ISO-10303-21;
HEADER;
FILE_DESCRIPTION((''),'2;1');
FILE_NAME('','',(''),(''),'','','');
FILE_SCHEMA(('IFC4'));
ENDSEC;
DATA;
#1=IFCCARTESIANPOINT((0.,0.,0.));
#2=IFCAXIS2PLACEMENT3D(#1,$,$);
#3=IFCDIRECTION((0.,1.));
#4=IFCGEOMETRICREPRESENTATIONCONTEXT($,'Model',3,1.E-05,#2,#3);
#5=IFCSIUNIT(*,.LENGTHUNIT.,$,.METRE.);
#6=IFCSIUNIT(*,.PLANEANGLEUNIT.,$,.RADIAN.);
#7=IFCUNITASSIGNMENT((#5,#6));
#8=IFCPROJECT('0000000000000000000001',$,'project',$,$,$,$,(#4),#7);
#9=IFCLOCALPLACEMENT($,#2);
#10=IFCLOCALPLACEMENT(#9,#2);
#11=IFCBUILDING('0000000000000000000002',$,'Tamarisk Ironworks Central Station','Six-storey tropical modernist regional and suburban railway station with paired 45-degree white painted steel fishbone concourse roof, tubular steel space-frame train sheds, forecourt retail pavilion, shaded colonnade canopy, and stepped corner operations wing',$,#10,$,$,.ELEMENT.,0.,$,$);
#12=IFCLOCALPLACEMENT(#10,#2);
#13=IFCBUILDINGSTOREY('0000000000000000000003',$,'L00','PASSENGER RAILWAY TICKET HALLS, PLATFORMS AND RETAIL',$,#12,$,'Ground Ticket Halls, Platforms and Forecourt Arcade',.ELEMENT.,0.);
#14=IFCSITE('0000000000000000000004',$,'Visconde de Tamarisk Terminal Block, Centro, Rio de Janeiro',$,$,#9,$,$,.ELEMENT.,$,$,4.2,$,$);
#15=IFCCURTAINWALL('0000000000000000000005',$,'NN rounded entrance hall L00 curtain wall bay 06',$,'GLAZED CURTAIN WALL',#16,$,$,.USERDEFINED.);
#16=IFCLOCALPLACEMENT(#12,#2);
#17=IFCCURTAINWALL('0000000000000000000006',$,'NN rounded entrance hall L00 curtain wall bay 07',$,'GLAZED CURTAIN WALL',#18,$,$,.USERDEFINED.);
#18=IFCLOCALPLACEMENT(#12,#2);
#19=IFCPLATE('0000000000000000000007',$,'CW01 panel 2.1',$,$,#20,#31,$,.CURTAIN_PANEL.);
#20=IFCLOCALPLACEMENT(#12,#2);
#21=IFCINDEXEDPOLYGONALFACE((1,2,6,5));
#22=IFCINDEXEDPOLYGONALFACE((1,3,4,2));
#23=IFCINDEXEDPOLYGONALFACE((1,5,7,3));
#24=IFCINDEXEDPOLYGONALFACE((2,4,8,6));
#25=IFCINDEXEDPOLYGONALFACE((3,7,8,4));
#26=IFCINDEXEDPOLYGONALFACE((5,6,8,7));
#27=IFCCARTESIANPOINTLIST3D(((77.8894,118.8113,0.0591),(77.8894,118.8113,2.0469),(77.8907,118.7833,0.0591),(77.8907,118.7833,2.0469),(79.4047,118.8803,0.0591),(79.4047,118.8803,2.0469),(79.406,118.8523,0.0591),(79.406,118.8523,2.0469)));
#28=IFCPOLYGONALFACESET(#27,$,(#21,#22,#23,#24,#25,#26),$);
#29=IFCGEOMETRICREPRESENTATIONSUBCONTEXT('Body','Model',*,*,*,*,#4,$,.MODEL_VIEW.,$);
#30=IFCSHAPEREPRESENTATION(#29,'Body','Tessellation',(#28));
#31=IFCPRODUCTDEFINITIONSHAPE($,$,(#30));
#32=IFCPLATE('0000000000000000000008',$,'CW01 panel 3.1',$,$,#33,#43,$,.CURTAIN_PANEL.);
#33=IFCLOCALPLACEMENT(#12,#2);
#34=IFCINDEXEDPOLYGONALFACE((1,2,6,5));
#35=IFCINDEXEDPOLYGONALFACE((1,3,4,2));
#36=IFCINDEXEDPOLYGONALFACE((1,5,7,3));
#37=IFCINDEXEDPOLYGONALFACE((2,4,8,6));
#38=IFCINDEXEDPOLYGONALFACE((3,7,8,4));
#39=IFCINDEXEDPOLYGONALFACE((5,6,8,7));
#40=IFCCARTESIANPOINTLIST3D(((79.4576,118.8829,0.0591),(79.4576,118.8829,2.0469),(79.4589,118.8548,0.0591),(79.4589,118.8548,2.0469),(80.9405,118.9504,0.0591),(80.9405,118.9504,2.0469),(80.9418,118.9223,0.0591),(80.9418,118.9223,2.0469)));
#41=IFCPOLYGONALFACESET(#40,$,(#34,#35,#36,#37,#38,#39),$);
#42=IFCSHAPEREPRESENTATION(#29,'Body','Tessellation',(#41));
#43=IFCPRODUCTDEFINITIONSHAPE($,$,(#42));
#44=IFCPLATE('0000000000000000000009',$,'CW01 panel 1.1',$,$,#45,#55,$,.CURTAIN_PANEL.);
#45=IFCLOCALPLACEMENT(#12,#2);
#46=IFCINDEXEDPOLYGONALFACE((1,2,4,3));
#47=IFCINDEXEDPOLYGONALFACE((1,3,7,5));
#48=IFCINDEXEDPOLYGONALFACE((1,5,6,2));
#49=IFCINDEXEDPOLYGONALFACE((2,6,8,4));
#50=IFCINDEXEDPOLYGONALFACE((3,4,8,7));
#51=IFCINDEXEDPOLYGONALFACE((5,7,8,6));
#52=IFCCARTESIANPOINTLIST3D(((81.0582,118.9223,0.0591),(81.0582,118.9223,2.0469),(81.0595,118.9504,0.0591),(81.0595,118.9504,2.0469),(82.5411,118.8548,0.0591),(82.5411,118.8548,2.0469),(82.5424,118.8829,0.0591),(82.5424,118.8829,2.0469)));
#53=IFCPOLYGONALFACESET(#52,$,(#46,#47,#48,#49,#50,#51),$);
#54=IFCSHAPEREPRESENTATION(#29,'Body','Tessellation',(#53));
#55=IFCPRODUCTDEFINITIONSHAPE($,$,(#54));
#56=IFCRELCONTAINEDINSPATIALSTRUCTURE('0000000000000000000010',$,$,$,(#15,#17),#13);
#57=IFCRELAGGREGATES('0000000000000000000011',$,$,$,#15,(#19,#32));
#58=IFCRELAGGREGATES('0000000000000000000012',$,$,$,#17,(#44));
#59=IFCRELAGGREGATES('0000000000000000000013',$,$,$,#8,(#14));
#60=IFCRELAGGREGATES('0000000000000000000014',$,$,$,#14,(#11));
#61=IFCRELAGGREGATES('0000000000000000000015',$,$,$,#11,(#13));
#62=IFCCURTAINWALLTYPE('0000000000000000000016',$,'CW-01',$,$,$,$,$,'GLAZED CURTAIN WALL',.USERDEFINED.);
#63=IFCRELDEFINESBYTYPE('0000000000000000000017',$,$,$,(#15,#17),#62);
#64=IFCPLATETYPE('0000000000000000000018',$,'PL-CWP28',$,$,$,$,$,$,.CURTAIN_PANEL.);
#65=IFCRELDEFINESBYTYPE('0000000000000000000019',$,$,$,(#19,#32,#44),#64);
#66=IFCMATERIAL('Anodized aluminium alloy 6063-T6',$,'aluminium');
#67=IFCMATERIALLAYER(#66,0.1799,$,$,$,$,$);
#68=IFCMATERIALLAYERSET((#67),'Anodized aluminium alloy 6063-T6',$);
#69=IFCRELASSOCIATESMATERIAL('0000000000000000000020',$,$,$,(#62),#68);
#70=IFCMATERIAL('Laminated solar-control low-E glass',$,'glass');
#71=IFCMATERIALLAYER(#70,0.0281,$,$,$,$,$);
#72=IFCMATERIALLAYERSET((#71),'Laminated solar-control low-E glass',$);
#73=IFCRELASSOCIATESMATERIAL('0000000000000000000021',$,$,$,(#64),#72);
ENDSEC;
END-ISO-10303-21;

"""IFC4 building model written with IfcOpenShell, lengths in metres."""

from ifc_helpers import new_model, si_unit, direction, frame, origin, origin_2d, place, context, subcontext, project, spatial, rectangle, extrude, material, layer, layer_set, type_object, element, aggregate, save


model = new_model("IFC4")

# Units and contexts
model_context = context("Model", 3, precision=1e-05, world=origin(), true_north=direction((0.0, 1.0)))
body_context = subcontext(model_context, "Body", "Model", "MODEL_VIEW")
ifc_project = project(units=[si_unit("LENGTHUNIT", "METRE"), si_unit("PLANEANGLEUNIT", "RADIAN")], contexts=[model_context])

# Site, building, storey
site_placement = place(None, origin())
site = spatial("IfcSite", under=ifc_project, at=site_placement, Name="Visconde de Tamarisk Terminal Block, Centro, Rio de Janeiro", CompositionType="ELEMENT", RefElevation=4.2)
building_placement = place(site_placement, origin())
building = spatial("IfcBuilding", under=site, at=building_placement, Name="Tamarisk Ironworks Central Station", Description="Six-storey tropical modernist regional and suburban railway station with paired 45-degree white painted steel fishbone concourse roof, tubular steel space-frame train sheds, forecourt retail pavilion, shaded colonnade canopy, and stepped corner operations wing", CompositionType="ELEMENT", ElevationOfRefHeight=0.0)
storey_placement = place(building_placement, origin())
storey = spatial("IfcBuildingStorey", under=building, at=storey_placement, Name="L00", Description="PASSENGER RAILWAY TICKET HALLS, PLATFORMS AND RETAIL", LongName="Ground Ticket Halls, Platforms and Forecourt Arcade", CompositionType="ELEMENT", Elevation=0.0)

# Shared definitions
ifc_material_1 = material(Name="Anodized aluminium alloy 6063-T6", Category="aluminium")
ifc_layer_1 = layer(ifc_material_1, 0.1799)
ifc_layer_set_1 = layer_set([ifc_layer_1], Name="Anodized aluminium alloy 6063-T6")
curtain_wall_type = type_object("IfcCurtainWallType", Name="CW-01", ElementType="GLAZED CURTAIN WALL", PredefinedType="USERDEFINED", material=ifc_layer_set_1)

# Curtain wall
curtain_wall_1_placement = place(storey_placement, origin())
curtain_wall_1 = element("IfcCurtainWall", 1, at=curtain_wall_1_placement, inside=storey, type_object=curtain_wall_type, Name="NN rounded entrance hall L00 curtain wall bay 06", ObjectType="GLAZED CURTAIN WALL", PredefinedType="USERDEFINED")

# Curtain wall
curtain_wall_2_placement = place(storey_placement, origin())
curtain_wall_2 = element("IfcCurtainWall", 2, at=curtain_wall_2_placement, inside=storey, type_object=curtain_wall_type, Name="NN rounded entrance hall L00 curtain wall bay 07", ObjectType="GLAZED CURTAIN WALL", PredefinedType="USERDEFINED")

# Plates
ifc_material_2 = material(Name="Laminated solar-control low-E glass", Category="glass")
ifc_layer_2 = layer(ifc_material_2, 0.0281)
ifc_layer_set_2 = layer_set([ifc_layer_2], Name="Laminated solar-control low-E glass")
plate_type = type_object("IfcPlateType", Name="PL-CWP28", PredefinedType="CURTAIN_PANEL", material=ifc_layer_set_2)
plate_1_placement = place(storey_placement, frame((78.6477, 118.8318, 0.0591), z_axis=(0.0, 0.0, 1.0), x_axis=(0.998965, 0.045481, 0.0)))
plate_1 = element("IfcPlate", 3, at=plate_1_placement, type_object=plate_type, Name="CW01 panel 2.1", PredefinedType="CURTAIN_PANEL", context=body_context, shape_type="SweptSolid", body=[
    extrude(rectangle(XDim=1.5168, YDim=0.0281, at=origin_2d()), origin(), (0.0, 0.0, 1.0), 1.9878),
])
plate_2_placement = place(storey_placement, frame((80.1997, 118.9026, 0.0591), z_axis=(0.0, 0.0, 1.0), x_axis=(0.998965, 0.045481, 0.0)))
plate_2 = element("IfcPlate", 4, at=plate_2_placement, type_object=plate_type, Name="CW01 panel 3.1", PredefinedType="CURTAIN_PANEL", context=body_context, shape_type="SweptSolid", body=[
    extrude(rectangle(XDim=1.4844, YDim=0.0281, at=origin_2d()), origin(), (0.0, 0.0, 1.0), 1.9878),
])
aggregate(curtain_wall_1, [plate_1, plate_2])
plate_3_placement = place(storey_placement, frame((81.8003, 118.9026, 0.0591), z_axis=(0.0, 0.0, 1.0), x_axis=(0.998965, -0.045481, 0.0)))
plate_3 = element("IfcPlate", 5, at=plate_3_placement, type_object=plate_type, Name="CW01 panel 1.1", PredefinedType="CURTAIN_PANEL", context=body_context, shape_type="SweptSolid", body=[
    extrude(rectangle(XDim=1.4844, YDim=0.0281, at=origin_2d()), origin(), (0.0, 0.0, 1.0), 1.9878),
])
aggregate(curtain_wall_2, [plate_3])

save(model, "model.ifc")
